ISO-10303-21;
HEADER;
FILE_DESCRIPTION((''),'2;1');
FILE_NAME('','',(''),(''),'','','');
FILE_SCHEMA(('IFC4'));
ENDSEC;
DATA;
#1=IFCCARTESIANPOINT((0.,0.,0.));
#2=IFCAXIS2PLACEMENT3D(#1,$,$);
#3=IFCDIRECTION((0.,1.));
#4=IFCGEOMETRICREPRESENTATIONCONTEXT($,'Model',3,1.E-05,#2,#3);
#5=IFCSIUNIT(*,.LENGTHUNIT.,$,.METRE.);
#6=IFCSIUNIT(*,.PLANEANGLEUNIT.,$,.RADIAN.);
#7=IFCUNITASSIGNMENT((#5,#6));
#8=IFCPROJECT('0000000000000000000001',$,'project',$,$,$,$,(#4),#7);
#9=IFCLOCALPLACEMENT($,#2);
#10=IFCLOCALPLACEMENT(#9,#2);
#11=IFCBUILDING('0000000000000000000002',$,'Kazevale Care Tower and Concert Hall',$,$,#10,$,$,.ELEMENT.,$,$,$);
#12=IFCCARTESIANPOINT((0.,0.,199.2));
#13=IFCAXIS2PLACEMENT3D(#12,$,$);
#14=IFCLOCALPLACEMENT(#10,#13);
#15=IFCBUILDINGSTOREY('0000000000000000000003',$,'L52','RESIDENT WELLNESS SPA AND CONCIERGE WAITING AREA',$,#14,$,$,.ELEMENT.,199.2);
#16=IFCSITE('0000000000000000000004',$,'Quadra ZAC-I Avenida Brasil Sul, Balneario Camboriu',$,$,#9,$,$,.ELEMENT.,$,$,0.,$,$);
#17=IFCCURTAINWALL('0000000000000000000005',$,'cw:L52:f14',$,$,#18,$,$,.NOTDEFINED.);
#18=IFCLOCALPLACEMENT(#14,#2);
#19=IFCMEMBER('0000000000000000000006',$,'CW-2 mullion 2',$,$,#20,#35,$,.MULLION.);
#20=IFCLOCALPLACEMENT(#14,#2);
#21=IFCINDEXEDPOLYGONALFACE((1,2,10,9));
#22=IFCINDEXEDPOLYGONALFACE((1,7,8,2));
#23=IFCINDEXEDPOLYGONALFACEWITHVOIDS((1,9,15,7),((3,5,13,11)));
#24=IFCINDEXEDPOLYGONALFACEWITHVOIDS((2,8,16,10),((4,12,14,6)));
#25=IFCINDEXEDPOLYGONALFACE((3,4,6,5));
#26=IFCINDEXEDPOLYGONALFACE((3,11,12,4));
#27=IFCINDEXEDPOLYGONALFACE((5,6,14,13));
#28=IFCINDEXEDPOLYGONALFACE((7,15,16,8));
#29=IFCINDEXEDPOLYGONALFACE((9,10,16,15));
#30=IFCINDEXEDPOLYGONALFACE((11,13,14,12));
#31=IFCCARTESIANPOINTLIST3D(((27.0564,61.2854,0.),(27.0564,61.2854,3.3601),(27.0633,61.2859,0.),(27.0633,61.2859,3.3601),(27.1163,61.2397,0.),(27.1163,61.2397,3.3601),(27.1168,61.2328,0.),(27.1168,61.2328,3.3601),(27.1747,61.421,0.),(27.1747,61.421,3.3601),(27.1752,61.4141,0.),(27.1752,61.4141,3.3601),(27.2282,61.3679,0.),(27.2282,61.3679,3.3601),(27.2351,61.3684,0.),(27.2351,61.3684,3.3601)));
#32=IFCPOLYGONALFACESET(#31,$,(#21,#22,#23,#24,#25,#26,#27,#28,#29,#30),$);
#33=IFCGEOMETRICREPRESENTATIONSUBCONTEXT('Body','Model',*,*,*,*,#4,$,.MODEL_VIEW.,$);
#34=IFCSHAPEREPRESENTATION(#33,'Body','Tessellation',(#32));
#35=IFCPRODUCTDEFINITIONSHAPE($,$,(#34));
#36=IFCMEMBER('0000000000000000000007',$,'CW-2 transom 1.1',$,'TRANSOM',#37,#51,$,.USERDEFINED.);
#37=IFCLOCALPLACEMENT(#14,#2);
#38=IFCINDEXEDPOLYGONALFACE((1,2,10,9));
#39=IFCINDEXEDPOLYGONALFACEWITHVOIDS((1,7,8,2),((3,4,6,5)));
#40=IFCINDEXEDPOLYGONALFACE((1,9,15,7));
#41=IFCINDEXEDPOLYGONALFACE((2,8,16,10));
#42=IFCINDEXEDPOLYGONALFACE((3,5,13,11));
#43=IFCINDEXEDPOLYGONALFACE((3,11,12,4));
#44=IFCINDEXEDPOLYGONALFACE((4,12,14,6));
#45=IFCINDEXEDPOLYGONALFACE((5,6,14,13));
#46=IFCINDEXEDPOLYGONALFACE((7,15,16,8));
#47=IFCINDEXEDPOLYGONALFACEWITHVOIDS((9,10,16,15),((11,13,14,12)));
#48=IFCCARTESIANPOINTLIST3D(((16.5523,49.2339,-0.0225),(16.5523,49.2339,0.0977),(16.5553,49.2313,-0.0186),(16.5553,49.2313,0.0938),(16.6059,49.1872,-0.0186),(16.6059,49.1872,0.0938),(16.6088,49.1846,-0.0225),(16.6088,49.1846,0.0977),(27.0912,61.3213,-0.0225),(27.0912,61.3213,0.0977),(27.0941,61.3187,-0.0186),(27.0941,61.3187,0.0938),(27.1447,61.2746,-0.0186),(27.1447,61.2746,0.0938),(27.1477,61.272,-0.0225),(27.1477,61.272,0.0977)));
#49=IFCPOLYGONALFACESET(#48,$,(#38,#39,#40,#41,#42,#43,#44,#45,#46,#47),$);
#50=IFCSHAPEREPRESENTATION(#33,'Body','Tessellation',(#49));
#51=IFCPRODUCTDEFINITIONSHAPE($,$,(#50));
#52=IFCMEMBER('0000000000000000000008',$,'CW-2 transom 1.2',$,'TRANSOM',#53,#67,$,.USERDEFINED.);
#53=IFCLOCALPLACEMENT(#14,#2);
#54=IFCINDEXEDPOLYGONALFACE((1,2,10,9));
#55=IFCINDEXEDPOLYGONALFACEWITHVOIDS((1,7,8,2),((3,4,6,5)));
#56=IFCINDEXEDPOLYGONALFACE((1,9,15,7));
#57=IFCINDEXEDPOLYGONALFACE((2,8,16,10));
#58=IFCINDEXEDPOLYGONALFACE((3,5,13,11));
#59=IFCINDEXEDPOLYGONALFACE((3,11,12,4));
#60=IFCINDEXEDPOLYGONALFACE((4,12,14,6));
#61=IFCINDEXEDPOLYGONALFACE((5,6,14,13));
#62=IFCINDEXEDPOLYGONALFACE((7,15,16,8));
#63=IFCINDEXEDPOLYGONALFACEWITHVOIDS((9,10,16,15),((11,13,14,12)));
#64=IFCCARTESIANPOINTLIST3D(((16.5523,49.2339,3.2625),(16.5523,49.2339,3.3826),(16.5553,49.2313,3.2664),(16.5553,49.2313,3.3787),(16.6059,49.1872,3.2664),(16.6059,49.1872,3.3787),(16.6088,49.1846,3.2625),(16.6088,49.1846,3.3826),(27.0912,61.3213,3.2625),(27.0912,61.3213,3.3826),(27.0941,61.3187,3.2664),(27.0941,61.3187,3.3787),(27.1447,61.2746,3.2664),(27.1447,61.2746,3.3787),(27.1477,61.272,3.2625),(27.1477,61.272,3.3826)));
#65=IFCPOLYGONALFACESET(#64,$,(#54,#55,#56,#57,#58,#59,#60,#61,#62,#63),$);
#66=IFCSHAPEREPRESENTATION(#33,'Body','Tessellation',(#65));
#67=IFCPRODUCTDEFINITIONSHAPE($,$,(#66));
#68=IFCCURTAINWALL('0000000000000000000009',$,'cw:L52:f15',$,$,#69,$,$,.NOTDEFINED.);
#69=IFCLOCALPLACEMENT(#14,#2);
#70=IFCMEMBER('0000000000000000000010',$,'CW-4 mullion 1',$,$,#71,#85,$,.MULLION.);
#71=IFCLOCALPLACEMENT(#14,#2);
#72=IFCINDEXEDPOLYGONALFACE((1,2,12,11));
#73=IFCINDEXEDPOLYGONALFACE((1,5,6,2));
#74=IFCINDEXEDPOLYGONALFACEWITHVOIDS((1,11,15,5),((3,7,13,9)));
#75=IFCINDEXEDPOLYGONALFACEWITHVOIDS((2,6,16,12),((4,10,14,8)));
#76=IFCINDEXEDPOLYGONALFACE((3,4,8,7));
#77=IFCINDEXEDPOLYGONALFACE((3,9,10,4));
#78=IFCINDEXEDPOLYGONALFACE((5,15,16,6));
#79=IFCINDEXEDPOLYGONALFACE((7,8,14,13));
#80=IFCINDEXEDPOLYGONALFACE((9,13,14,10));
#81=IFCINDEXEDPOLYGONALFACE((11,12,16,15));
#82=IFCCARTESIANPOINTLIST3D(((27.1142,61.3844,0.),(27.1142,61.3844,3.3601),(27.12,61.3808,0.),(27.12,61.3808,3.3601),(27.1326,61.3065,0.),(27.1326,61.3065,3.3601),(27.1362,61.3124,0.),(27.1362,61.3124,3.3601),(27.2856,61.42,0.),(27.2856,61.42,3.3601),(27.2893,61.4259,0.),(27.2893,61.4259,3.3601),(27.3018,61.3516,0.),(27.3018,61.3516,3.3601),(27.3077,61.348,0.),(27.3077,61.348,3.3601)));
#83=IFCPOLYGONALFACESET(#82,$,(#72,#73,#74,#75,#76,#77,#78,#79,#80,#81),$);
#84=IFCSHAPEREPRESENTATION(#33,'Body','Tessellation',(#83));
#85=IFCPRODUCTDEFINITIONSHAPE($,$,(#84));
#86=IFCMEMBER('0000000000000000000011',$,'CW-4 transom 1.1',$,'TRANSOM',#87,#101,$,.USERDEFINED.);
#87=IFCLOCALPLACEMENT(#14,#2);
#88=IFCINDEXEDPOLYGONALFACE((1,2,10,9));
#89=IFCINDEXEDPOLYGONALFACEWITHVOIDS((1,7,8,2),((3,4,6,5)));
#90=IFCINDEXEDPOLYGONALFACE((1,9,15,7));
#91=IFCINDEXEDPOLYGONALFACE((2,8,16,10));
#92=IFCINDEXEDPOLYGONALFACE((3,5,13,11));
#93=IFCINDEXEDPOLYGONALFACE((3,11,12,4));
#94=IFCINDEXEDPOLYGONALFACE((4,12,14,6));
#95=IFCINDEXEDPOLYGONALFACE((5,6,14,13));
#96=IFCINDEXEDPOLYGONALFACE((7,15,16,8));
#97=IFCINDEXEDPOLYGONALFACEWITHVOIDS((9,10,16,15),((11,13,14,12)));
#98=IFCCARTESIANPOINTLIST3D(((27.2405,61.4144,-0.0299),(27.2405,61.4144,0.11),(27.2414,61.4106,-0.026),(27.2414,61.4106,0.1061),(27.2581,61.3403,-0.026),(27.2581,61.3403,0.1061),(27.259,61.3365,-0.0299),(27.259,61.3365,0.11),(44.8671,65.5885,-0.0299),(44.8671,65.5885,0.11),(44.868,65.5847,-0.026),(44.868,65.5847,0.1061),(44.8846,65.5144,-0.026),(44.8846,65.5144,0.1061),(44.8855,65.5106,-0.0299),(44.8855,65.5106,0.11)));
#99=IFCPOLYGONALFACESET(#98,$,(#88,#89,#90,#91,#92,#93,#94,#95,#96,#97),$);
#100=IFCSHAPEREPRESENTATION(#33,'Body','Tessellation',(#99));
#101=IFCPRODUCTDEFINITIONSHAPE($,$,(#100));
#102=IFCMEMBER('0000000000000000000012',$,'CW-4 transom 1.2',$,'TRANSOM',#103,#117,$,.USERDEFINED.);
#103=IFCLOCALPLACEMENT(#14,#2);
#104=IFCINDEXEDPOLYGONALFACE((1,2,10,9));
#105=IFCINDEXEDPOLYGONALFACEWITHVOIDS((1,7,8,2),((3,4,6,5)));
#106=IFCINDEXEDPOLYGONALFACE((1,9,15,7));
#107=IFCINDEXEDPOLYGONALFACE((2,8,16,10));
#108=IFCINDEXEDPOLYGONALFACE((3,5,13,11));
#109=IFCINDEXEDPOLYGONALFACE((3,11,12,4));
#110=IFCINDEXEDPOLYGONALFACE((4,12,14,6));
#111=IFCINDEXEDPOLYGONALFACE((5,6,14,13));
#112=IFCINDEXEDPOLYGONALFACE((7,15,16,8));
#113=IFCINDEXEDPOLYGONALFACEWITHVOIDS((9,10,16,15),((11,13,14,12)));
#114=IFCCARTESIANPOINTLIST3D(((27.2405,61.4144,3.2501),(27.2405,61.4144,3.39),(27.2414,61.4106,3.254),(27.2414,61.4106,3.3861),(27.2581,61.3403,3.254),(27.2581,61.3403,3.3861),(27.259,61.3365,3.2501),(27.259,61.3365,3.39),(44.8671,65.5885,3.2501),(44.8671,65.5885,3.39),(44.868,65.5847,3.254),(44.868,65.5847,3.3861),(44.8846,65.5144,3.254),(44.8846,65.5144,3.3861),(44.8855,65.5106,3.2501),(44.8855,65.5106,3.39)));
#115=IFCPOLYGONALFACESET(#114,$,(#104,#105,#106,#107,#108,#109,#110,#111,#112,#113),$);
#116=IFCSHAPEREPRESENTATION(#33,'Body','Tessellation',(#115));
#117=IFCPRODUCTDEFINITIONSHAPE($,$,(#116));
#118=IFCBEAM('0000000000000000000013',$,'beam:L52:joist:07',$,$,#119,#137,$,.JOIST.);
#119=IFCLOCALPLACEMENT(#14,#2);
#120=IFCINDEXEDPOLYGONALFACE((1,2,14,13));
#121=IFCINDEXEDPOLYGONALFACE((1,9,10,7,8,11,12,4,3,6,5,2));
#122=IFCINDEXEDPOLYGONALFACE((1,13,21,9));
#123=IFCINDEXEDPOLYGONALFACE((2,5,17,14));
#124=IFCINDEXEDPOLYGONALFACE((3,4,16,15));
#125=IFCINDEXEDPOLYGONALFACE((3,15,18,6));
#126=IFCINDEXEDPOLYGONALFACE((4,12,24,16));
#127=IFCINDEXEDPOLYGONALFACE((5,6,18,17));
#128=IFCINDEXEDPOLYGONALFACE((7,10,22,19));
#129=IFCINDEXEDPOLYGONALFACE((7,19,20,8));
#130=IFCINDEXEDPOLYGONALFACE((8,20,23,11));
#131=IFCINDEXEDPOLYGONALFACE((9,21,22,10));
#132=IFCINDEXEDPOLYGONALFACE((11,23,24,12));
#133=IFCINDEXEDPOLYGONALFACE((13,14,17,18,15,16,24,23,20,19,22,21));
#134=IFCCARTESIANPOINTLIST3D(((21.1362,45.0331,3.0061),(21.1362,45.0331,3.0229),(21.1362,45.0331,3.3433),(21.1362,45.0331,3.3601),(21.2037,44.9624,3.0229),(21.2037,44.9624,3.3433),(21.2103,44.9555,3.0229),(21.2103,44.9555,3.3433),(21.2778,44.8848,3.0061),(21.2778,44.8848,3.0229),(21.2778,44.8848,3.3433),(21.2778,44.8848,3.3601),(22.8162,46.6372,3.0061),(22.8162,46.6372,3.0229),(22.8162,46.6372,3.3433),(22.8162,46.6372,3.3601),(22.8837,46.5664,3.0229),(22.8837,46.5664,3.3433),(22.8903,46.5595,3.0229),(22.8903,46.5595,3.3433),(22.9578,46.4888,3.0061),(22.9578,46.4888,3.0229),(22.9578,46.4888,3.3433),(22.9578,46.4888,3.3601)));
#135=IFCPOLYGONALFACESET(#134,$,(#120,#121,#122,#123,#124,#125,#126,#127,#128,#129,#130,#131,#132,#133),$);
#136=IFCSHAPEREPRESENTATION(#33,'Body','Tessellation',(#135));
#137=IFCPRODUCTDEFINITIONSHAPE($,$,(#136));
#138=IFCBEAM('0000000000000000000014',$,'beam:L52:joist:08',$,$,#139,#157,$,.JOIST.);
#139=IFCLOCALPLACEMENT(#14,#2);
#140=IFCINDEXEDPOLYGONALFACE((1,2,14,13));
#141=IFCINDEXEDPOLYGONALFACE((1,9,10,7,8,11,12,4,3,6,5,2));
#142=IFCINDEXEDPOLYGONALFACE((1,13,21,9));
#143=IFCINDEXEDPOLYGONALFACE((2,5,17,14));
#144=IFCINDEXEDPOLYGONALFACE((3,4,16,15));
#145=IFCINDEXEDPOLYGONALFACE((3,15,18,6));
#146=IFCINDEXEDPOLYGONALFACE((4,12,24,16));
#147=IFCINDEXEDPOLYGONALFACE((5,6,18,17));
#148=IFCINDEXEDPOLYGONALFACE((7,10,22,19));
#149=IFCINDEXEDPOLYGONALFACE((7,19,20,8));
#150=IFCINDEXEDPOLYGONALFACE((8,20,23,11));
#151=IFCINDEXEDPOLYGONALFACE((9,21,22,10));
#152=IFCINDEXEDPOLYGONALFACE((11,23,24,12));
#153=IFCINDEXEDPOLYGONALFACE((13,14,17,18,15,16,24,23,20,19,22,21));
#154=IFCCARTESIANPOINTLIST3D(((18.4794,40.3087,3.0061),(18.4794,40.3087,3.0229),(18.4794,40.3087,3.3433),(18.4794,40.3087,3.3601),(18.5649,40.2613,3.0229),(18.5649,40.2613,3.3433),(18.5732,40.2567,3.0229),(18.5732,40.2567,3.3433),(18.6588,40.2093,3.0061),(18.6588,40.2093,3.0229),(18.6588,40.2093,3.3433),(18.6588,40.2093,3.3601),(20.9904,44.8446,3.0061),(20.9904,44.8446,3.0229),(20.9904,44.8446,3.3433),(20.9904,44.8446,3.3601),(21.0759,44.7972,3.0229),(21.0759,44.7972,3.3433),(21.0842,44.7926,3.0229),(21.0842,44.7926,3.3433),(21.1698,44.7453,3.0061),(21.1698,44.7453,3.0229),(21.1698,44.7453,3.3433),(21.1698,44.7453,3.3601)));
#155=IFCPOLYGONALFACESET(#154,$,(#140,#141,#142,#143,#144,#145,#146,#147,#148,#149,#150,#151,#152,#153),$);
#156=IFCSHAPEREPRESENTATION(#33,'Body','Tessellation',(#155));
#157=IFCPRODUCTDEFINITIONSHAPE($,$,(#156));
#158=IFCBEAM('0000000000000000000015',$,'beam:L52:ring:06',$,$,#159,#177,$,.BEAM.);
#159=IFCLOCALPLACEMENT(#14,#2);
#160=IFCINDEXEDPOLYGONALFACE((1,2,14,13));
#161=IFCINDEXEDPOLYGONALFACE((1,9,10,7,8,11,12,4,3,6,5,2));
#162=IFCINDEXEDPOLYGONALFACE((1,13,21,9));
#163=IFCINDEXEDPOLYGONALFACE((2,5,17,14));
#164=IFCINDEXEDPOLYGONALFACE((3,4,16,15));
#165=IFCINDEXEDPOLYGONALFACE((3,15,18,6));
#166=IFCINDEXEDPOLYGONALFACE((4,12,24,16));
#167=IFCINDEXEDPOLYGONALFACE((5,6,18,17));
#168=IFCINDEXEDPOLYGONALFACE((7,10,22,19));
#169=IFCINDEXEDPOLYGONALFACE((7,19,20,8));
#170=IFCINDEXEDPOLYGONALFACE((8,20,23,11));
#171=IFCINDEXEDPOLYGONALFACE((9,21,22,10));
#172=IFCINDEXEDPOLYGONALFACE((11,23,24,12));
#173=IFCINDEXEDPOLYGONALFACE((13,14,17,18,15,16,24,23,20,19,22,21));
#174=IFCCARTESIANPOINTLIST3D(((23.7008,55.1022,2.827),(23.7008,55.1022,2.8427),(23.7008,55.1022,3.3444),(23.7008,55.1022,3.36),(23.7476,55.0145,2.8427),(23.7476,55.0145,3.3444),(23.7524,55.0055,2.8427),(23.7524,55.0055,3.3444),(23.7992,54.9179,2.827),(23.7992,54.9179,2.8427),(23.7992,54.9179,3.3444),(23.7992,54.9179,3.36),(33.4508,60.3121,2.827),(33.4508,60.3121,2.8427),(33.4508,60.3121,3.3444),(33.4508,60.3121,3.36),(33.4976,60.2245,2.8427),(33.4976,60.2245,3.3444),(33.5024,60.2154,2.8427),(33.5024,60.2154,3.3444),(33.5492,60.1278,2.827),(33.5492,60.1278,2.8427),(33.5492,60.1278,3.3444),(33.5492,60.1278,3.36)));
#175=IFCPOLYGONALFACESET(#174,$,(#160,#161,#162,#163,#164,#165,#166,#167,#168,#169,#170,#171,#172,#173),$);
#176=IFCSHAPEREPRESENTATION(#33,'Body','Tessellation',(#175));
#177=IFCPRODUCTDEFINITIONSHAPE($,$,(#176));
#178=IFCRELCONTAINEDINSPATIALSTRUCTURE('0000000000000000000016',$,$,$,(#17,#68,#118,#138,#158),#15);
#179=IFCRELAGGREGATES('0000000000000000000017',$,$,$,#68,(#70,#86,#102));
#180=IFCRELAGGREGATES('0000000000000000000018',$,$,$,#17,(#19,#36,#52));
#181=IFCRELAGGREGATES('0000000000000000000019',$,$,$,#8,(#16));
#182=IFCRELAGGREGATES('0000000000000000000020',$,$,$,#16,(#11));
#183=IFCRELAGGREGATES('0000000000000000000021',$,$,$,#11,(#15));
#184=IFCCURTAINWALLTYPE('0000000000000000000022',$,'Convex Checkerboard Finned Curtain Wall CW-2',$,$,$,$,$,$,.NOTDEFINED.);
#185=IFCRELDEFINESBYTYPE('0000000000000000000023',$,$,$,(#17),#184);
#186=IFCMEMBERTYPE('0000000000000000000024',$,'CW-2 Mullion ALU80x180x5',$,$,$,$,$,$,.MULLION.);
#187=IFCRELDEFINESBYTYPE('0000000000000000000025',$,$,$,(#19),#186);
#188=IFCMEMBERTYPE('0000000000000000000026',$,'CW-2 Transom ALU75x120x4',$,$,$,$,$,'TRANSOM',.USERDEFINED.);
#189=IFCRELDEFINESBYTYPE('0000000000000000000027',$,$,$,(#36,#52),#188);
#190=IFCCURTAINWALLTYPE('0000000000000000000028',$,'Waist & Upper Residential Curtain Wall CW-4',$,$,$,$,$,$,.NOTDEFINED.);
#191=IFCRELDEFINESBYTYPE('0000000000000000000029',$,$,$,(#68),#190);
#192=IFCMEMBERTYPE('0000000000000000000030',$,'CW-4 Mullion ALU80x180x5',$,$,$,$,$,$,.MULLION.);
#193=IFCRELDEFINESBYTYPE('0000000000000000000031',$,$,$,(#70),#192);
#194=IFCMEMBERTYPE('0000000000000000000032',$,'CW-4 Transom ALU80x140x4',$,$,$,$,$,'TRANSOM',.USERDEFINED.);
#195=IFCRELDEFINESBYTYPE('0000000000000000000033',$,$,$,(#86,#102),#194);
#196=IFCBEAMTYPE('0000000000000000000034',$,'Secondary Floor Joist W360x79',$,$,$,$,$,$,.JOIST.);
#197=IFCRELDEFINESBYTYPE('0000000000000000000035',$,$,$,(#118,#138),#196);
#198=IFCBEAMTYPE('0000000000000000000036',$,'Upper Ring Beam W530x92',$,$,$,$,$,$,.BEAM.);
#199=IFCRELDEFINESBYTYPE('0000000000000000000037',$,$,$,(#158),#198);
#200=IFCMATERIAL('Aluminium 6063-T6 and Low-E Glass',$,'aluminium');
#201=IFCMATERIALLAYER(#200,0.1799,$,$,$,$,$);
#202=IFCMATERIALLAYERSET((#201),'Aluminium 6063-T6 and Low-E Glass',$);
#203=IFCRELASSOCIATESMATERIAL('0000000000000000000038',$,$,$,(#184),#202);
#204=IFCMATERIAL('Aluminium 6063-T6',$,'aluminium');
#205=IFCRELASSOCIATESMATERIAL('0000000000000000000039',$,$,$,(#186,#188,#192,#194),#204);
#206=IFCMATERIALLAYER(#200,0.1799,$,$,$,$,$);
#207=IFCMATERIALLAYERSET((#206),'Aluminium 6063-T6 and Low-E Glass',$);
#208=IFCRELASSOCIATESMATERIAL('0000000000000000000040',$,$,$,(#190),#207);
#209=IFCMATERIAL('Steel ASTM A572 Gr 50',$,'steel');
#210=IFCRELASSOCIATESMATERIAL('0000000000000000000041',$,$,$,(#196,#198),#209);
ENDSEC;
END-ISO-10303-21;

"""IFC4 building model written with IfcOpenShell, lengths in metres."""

from ifc_helpers import new_model, si_unit, direction, frame, origin, origin_2d, place, context, subcontext, project, spatial, hollow_rectangle, i_section, extrude, material, layer, layer_set, material_profile, profile_set, type_object, element, aggregate, save


model = new_model("IFC4")

# Units and contexts
model_context = context("Model", 3, precision=1e-05, world=origin(), true_north=direction((0.0, 1.0)))
body_context = subcontext(model_context, "Body", "Model", "MODEL_VIEW")
ifc_project = project(units=[si_unit("LENGTHUNIT", "METRE"), si_unit("PLANEANGLEUNIT", "RADIAN")], contexts=[model_context])

# Site, building, storey
site_placement = place(None, origin())
site = spatial("IfcSite", under=ifc_project, at=site_placement, Name="Quadra ZAC-I Avenida Brasil Sul, Balneario Camboriu", CompositionType="ELEMENT", RefElevation=0.0)
building_placement = place(site_placement, origin())
building = spatial("IfcBuilding", under=site, at=building_placement, Name="Kazevale Care Tower and Concert Hall", CompositionType="ELEMENT")
storey_placement = place(building_placement, frame((0.0, 0.0, 199.2)))
storey = spatial("IfcBuildingStorey", under=building, at=storey_placement, Name="L52", Description="RESIDENT WELLNESS SPA AND CONCIERGE WAITING AREA", CompositionType="ELEMENT", Elevation=199.2)

# Curtain walls, members
ifc_material_1 = material(Name="Aluminium 6063-T6 and Low-E Glass", Category="aluminium")
ifc_layer_1 = layer(ifc_material_1, 0.1799)
ifc_layer_set_1 = layer_set([ifc_layer_1], Name="Aluminium 6063-T6 and Low-E Glass")
curtain_wall_type_1 = type_object("IfcCurtainWallType", Name="Convex Checkerboard Finned Curtain Wall CW-2", PredefinedType="NOTDEFINED", material=ifc_layer_set_1)
curtain_wall_1_placement = place(storey_placement, origin())
curtain_wall_1 = element("IfcCurtainWall", 1, at=curtain_wall_1_placement, inside=storey, type_object=curtain_wall_type_1, Name="cw:L52:f14", PredefinedType="NOTDEFINED")
ifc_material_2 = material(Name="Aluminium 6063-T6", Category="aluminium")
ifc_material_profile_1 = material_profile(ifc_material_2, hollow_rectangle(XDim=0.0801, YDim=0.1799, WallThickness=0.0049, at=origin_2d()), Name="ALU80x180x5")
ifc_profile_set_1 = profile_set([ifc_material_profile_1], Name="Aluminium 6063-T6")
member_type_1 = type_object("IfcMemberType", Name="CW-2 Mullion ALU80x180x5", PredefinedType="MULLION", material=ifc_profile_set_1)
member_1_placement = place(storey_placement, frame((27.1458, 61.3269, 0.0), z_axis=(0.0, 0.0, 1.0), x_axis=(-0.753738, 0.657175, 0.0)))
member_1 = element("IfcMember", 2, at=member_1_placement, type_object=member_type_1, Name="CW-2 mullion 2", PredefinedType="MULLION", context=body_context, shape_type="SweptSolid", body=[
    extrude(hollow_rectangle(XDim=0.0801, YDim=0.1799, WallThickness=0.0049, at=origin_2d()), origin(), (0.0, 0.0, 1.0), 3.3601),
])
ifc_material_profile_2 = material_profile(ifc_material_2, hollow_rectangle(XDim=0.075, YDim=0.1201, WallThickness=0.0039, at=origin_2d()), Name="ALU75x120x4")
ifc_profile_set_2 = profile_set([ifc_material_profile_2], Name="Aluminium 6063-T6")
member_type_2 = type_object("IfcMemberType", Name="CW-2 Transom ALU75x120x4", ElementType="TRANSOM", PredefinedType="USERDEFINED", material=ifc_profile_set_2)
member_2_placement = place(storey_placement, frame((16.5806, 49.2092, 0.0376), z_axis=(0.657174, 0.753739, 0.0), x_axis=(-0.753739, 0.657174, 0.0)))
member_2 = element("IfcMember", 3, at=member_2_placement, type_object=member_type_2, Name="CW-2 transom 1.1", ObjectType="TRANSOM", PredefinedType="USERDEFINED", context=body_context, shape_type="SweptSolid", body=[
    extrude(hollow_rectangle(XDim=0.075, YDim=0.1201, WallThickness=0.0039, at=origin_2d()), origin(), (0.0, 0.0, 1.0), 16.0366),
])
member_3_placement = place(storey_placement, frame((16.5806, 49.2092, 3.3225), z_axis=(0.657174, 0.753739, 0.0), x_axis=(-0.753739, 0.657174, 0.0)))
member_3 = element("IfcMember", 4, at=member_3_placement, type_object=member_type_2, Name="CW-2 transom 1.2", ObjectType="TRANSOM", PredefinedType="USERDEFINED", context=body_context, shape_type="SweptSolid", body=[
    extrude(hollow_rectangle(XDim=0.075, YDim=0.1201, WallThickness=0.0039, at=origin_2d()), origin(), (0.0, 0.0, 1.0), 16.0366),
])
ifc_layer_2 = layer(ifc_material_1, 0.1799)
ifc_layer_set_2 = layer_set([ifc_layer_2], Name="Aluminium 6063-T6 and Low-E Glass")
curtain_wall_type_2 = type_object("IfcCurtainWallType", Name="Waist & Upper Residential Curtain Wall CW-4", PredefinedType="NOTDEFINED", material=ifc_layer_set_2)
curtain_wall_2_placement = place(storey_placement, origin())
curtain_wall_2 = element("IfcCurtainWall", 5, at=curtain_wall_2_placement, inside=storey, type_object=curtain_wall_type_2, Name="cw:L52:f15", PredefinedType="NOTDEFINED")
ifc_material_profile_3 = material_profile(ifc_material_2, hollow_rectangle(XDim=0.0801, YDim=0.1799, WallThickness=0.0049, at=origin_2d()), Name="ALU80x180x5")
ifc_profile_set_3 = profile_set([ifc_material_profile_3], Name="Aluminium 6063-T6")
member_type_3 = type_object("IfcMemberType", Name="CW-4 Mullion ALU80x180x5", PredefinedType="MULLION", material=ifc_profile_set_3)
member_4_placement = place(storey_placement, frame((27.2109, 61.3662, 0.0), z_axis=(0.0, 0.0, 1.0), x_axis=(-0.230439, 0.973087, 0.0)))
member_4 = element("IfcMember", 6, at=member_4_placement, type_object=member_type_3, Name="CW-4 mullion 1", PredefinedType="MULLION", context=body_context, shape_type="SweptSolid", body=[
    extrude(hollow_rectangle(XDim=0.0801, YDim=0.1799, WallThickness=0.0049, at=origin_2d()), origin(), (0.0, 0.0, 1.0), 3.3601),
])
ifc_material_profile_4 = material_profile(ifc_material_2, hollow_rectangle(XDim=0.0801, YDim=0.1399, WallThickness=0.0039, at=origin_2d()), Name="ALU80x140x4")
ifc_profile_set_4 = profile_set([ifc_material_profile_4], Name="Aluminium 6063-T6")
member_type_4 = type_object("IfcMemberType", Name="CW-4 Transom ALU80x140x4", ElementType="TRANSOM", PredefinedType="USERDEFINED", material=ifc_profile_set_4)
member_5_placement = place(storey_placement, frame((27.2498, 61.3755, 0.04), z_axis=(0.973088, 0.230434, 0.0), x_axis=(-0.230434, 0.973088, 0.0)))
member_5 = element("IfcMember", 7, at=member_5_placement, type_object=member_type_4, Name="CW-4 transom 1.1", ObjectType="TRANSOM", PredefinedType="USERDEFINED", context=body_context, shape_type="SweptSolid", body=[
    extrude(hollow_rectangle(XDim=0.0801, YDim=0.1399, WallThickness=0.0039, at=origin_2d()), origin(), (0.0, 0.0, 1.0), 18.114),
])
member_6_placement = place(storey_placement, frame((27.2498, 61.3755, 3.3201), z_axis=(0.973088, 0.230434, 0.0), x_axis=(-0.230434, 0.973088, 0.0)))
member_6 = element("IfcMember", 8, at=member_6_placement, type_object=member_type_4, Name="CW-4 transom 1.2", ObjectType="TRANSOM", PredefinedType="USERDEFINED", context=body_context, shape_type="SweptSolid", body=[
    extrude(hollow_rectangle(XDim=0.0801, YDim=0.1399, WallThickness=0.0039, at=origin_2d()), origin(), (0.0, 0.0, 1.0), 18.114),
])
aggregate(curtain_wall_2, [member_4, member_5, member_6])

# Beams
ifc_material_3 = material(Name="Steel ASTM A572 Gr 50", Category="steel")
ifc_material_profile_5 = material_profile(ifc_material_3, i_section(OverallWidth=0.2051, OverallDepth=0.354, WebThickness=0.0095, FlangeThickness=0.0168, at=origin_2d()), Name="W360x79")
ifc_profile_set_5 = profile_set([ifc_material_profile_5], Name="Steel ASTM A572 Gr 50")
beam_type_1 = type_object("IfcBeamType", Name="Secondary Floor Joist W360x79", PredefinedType="JOIST", material=ifc_profile_set_5)
beam_1_placement = place(storey_placement, frame((22.887, 46.563, 3.1831), z_axis=(-0.723262, -0.690573, 0.0), x_axis=(0.690573, -0.723262, 0.0)))
element("IfcBeam", 9, at=beam_1_placement, inside=storey, type_object=beam_type_1, Name="beam:L52:joist:07", PredefinedType="JOIST", context=body_context, shape_type="SweptSolid", body=[
    extrude(i_section(OverallWidth=0.2051, OverallDepth=0.354, WebThickness=0.0095, FlangeThickness=0.0168, at=origin_2d()), origin(), (0.0, 0.0, 1.0), 2.3228),
])
beam_2_placement = place(storey_placement, frame((21.0801, 44.7949, 3.1831), z_axis=(-0.484323, -0.874889, 0.0), x_axis=(0.874889, -0.484323, 0.0)))
element("IfcBeam", 10, at=beam_2_placement, inside=storey, type_object=beam_type_1, Name="beam:L52:joist:08", PredefinedType="JOIST", context=body_context, shape_type="SweptSolid", body=[
    extrude(i_section(OverallWidth=0.2051, OverallDepth=0.354, WebThickness=0.0095, FlangeThickness=0.0168, at=origin_2d()), origin(), (0.0, 0.0, 1.0), 5.1846),
])
ifc_material_profile_6 = material_profile(ifc_material_3, i_section(OverallWidth=0.209, OverallDepth=0.533, WebThickness=0.0103, FlangeThickness=0.0156, at=origin_2d()), Name="W530x92")
ifc_profile_set_6 = profile_set([ifc_material_profile_6], Name="Steel ASTM A572 Gr 50")
beam_type_2 = type_object("IfcBeamType", Name="Upper Ring Beam W530x92", PredefinedType="BEAM", material=ifc_profile_set_6)
beam_3_placement = place(storey_placement, frame((33.5, 60.22, 3.0935), z_axis=(-0.881979, -0.47129, 0.0), x_axis=(0.47129, -0.881979, 0.0)))
element("IfcBeam", 11, at=beam_3_placement, inside=storey, type_object=beam_type_2, Name="beam:L52:ring:06", PredefinedType="BEAM", context=body_context, shape_type="SweptSolid", body=[
    extrude(i_section(OverallWidth=0.209, OverallDepth=0.533, WebThickness=0.0103, FlangeThickness=0.0156, at=origin_2d()), origin(), (0.0, 0.0, 1.0), 11.0547),
])

aggregate(curtain_wall_1, [member_1, member_2, member_3])

save(model, "model.ifc")
